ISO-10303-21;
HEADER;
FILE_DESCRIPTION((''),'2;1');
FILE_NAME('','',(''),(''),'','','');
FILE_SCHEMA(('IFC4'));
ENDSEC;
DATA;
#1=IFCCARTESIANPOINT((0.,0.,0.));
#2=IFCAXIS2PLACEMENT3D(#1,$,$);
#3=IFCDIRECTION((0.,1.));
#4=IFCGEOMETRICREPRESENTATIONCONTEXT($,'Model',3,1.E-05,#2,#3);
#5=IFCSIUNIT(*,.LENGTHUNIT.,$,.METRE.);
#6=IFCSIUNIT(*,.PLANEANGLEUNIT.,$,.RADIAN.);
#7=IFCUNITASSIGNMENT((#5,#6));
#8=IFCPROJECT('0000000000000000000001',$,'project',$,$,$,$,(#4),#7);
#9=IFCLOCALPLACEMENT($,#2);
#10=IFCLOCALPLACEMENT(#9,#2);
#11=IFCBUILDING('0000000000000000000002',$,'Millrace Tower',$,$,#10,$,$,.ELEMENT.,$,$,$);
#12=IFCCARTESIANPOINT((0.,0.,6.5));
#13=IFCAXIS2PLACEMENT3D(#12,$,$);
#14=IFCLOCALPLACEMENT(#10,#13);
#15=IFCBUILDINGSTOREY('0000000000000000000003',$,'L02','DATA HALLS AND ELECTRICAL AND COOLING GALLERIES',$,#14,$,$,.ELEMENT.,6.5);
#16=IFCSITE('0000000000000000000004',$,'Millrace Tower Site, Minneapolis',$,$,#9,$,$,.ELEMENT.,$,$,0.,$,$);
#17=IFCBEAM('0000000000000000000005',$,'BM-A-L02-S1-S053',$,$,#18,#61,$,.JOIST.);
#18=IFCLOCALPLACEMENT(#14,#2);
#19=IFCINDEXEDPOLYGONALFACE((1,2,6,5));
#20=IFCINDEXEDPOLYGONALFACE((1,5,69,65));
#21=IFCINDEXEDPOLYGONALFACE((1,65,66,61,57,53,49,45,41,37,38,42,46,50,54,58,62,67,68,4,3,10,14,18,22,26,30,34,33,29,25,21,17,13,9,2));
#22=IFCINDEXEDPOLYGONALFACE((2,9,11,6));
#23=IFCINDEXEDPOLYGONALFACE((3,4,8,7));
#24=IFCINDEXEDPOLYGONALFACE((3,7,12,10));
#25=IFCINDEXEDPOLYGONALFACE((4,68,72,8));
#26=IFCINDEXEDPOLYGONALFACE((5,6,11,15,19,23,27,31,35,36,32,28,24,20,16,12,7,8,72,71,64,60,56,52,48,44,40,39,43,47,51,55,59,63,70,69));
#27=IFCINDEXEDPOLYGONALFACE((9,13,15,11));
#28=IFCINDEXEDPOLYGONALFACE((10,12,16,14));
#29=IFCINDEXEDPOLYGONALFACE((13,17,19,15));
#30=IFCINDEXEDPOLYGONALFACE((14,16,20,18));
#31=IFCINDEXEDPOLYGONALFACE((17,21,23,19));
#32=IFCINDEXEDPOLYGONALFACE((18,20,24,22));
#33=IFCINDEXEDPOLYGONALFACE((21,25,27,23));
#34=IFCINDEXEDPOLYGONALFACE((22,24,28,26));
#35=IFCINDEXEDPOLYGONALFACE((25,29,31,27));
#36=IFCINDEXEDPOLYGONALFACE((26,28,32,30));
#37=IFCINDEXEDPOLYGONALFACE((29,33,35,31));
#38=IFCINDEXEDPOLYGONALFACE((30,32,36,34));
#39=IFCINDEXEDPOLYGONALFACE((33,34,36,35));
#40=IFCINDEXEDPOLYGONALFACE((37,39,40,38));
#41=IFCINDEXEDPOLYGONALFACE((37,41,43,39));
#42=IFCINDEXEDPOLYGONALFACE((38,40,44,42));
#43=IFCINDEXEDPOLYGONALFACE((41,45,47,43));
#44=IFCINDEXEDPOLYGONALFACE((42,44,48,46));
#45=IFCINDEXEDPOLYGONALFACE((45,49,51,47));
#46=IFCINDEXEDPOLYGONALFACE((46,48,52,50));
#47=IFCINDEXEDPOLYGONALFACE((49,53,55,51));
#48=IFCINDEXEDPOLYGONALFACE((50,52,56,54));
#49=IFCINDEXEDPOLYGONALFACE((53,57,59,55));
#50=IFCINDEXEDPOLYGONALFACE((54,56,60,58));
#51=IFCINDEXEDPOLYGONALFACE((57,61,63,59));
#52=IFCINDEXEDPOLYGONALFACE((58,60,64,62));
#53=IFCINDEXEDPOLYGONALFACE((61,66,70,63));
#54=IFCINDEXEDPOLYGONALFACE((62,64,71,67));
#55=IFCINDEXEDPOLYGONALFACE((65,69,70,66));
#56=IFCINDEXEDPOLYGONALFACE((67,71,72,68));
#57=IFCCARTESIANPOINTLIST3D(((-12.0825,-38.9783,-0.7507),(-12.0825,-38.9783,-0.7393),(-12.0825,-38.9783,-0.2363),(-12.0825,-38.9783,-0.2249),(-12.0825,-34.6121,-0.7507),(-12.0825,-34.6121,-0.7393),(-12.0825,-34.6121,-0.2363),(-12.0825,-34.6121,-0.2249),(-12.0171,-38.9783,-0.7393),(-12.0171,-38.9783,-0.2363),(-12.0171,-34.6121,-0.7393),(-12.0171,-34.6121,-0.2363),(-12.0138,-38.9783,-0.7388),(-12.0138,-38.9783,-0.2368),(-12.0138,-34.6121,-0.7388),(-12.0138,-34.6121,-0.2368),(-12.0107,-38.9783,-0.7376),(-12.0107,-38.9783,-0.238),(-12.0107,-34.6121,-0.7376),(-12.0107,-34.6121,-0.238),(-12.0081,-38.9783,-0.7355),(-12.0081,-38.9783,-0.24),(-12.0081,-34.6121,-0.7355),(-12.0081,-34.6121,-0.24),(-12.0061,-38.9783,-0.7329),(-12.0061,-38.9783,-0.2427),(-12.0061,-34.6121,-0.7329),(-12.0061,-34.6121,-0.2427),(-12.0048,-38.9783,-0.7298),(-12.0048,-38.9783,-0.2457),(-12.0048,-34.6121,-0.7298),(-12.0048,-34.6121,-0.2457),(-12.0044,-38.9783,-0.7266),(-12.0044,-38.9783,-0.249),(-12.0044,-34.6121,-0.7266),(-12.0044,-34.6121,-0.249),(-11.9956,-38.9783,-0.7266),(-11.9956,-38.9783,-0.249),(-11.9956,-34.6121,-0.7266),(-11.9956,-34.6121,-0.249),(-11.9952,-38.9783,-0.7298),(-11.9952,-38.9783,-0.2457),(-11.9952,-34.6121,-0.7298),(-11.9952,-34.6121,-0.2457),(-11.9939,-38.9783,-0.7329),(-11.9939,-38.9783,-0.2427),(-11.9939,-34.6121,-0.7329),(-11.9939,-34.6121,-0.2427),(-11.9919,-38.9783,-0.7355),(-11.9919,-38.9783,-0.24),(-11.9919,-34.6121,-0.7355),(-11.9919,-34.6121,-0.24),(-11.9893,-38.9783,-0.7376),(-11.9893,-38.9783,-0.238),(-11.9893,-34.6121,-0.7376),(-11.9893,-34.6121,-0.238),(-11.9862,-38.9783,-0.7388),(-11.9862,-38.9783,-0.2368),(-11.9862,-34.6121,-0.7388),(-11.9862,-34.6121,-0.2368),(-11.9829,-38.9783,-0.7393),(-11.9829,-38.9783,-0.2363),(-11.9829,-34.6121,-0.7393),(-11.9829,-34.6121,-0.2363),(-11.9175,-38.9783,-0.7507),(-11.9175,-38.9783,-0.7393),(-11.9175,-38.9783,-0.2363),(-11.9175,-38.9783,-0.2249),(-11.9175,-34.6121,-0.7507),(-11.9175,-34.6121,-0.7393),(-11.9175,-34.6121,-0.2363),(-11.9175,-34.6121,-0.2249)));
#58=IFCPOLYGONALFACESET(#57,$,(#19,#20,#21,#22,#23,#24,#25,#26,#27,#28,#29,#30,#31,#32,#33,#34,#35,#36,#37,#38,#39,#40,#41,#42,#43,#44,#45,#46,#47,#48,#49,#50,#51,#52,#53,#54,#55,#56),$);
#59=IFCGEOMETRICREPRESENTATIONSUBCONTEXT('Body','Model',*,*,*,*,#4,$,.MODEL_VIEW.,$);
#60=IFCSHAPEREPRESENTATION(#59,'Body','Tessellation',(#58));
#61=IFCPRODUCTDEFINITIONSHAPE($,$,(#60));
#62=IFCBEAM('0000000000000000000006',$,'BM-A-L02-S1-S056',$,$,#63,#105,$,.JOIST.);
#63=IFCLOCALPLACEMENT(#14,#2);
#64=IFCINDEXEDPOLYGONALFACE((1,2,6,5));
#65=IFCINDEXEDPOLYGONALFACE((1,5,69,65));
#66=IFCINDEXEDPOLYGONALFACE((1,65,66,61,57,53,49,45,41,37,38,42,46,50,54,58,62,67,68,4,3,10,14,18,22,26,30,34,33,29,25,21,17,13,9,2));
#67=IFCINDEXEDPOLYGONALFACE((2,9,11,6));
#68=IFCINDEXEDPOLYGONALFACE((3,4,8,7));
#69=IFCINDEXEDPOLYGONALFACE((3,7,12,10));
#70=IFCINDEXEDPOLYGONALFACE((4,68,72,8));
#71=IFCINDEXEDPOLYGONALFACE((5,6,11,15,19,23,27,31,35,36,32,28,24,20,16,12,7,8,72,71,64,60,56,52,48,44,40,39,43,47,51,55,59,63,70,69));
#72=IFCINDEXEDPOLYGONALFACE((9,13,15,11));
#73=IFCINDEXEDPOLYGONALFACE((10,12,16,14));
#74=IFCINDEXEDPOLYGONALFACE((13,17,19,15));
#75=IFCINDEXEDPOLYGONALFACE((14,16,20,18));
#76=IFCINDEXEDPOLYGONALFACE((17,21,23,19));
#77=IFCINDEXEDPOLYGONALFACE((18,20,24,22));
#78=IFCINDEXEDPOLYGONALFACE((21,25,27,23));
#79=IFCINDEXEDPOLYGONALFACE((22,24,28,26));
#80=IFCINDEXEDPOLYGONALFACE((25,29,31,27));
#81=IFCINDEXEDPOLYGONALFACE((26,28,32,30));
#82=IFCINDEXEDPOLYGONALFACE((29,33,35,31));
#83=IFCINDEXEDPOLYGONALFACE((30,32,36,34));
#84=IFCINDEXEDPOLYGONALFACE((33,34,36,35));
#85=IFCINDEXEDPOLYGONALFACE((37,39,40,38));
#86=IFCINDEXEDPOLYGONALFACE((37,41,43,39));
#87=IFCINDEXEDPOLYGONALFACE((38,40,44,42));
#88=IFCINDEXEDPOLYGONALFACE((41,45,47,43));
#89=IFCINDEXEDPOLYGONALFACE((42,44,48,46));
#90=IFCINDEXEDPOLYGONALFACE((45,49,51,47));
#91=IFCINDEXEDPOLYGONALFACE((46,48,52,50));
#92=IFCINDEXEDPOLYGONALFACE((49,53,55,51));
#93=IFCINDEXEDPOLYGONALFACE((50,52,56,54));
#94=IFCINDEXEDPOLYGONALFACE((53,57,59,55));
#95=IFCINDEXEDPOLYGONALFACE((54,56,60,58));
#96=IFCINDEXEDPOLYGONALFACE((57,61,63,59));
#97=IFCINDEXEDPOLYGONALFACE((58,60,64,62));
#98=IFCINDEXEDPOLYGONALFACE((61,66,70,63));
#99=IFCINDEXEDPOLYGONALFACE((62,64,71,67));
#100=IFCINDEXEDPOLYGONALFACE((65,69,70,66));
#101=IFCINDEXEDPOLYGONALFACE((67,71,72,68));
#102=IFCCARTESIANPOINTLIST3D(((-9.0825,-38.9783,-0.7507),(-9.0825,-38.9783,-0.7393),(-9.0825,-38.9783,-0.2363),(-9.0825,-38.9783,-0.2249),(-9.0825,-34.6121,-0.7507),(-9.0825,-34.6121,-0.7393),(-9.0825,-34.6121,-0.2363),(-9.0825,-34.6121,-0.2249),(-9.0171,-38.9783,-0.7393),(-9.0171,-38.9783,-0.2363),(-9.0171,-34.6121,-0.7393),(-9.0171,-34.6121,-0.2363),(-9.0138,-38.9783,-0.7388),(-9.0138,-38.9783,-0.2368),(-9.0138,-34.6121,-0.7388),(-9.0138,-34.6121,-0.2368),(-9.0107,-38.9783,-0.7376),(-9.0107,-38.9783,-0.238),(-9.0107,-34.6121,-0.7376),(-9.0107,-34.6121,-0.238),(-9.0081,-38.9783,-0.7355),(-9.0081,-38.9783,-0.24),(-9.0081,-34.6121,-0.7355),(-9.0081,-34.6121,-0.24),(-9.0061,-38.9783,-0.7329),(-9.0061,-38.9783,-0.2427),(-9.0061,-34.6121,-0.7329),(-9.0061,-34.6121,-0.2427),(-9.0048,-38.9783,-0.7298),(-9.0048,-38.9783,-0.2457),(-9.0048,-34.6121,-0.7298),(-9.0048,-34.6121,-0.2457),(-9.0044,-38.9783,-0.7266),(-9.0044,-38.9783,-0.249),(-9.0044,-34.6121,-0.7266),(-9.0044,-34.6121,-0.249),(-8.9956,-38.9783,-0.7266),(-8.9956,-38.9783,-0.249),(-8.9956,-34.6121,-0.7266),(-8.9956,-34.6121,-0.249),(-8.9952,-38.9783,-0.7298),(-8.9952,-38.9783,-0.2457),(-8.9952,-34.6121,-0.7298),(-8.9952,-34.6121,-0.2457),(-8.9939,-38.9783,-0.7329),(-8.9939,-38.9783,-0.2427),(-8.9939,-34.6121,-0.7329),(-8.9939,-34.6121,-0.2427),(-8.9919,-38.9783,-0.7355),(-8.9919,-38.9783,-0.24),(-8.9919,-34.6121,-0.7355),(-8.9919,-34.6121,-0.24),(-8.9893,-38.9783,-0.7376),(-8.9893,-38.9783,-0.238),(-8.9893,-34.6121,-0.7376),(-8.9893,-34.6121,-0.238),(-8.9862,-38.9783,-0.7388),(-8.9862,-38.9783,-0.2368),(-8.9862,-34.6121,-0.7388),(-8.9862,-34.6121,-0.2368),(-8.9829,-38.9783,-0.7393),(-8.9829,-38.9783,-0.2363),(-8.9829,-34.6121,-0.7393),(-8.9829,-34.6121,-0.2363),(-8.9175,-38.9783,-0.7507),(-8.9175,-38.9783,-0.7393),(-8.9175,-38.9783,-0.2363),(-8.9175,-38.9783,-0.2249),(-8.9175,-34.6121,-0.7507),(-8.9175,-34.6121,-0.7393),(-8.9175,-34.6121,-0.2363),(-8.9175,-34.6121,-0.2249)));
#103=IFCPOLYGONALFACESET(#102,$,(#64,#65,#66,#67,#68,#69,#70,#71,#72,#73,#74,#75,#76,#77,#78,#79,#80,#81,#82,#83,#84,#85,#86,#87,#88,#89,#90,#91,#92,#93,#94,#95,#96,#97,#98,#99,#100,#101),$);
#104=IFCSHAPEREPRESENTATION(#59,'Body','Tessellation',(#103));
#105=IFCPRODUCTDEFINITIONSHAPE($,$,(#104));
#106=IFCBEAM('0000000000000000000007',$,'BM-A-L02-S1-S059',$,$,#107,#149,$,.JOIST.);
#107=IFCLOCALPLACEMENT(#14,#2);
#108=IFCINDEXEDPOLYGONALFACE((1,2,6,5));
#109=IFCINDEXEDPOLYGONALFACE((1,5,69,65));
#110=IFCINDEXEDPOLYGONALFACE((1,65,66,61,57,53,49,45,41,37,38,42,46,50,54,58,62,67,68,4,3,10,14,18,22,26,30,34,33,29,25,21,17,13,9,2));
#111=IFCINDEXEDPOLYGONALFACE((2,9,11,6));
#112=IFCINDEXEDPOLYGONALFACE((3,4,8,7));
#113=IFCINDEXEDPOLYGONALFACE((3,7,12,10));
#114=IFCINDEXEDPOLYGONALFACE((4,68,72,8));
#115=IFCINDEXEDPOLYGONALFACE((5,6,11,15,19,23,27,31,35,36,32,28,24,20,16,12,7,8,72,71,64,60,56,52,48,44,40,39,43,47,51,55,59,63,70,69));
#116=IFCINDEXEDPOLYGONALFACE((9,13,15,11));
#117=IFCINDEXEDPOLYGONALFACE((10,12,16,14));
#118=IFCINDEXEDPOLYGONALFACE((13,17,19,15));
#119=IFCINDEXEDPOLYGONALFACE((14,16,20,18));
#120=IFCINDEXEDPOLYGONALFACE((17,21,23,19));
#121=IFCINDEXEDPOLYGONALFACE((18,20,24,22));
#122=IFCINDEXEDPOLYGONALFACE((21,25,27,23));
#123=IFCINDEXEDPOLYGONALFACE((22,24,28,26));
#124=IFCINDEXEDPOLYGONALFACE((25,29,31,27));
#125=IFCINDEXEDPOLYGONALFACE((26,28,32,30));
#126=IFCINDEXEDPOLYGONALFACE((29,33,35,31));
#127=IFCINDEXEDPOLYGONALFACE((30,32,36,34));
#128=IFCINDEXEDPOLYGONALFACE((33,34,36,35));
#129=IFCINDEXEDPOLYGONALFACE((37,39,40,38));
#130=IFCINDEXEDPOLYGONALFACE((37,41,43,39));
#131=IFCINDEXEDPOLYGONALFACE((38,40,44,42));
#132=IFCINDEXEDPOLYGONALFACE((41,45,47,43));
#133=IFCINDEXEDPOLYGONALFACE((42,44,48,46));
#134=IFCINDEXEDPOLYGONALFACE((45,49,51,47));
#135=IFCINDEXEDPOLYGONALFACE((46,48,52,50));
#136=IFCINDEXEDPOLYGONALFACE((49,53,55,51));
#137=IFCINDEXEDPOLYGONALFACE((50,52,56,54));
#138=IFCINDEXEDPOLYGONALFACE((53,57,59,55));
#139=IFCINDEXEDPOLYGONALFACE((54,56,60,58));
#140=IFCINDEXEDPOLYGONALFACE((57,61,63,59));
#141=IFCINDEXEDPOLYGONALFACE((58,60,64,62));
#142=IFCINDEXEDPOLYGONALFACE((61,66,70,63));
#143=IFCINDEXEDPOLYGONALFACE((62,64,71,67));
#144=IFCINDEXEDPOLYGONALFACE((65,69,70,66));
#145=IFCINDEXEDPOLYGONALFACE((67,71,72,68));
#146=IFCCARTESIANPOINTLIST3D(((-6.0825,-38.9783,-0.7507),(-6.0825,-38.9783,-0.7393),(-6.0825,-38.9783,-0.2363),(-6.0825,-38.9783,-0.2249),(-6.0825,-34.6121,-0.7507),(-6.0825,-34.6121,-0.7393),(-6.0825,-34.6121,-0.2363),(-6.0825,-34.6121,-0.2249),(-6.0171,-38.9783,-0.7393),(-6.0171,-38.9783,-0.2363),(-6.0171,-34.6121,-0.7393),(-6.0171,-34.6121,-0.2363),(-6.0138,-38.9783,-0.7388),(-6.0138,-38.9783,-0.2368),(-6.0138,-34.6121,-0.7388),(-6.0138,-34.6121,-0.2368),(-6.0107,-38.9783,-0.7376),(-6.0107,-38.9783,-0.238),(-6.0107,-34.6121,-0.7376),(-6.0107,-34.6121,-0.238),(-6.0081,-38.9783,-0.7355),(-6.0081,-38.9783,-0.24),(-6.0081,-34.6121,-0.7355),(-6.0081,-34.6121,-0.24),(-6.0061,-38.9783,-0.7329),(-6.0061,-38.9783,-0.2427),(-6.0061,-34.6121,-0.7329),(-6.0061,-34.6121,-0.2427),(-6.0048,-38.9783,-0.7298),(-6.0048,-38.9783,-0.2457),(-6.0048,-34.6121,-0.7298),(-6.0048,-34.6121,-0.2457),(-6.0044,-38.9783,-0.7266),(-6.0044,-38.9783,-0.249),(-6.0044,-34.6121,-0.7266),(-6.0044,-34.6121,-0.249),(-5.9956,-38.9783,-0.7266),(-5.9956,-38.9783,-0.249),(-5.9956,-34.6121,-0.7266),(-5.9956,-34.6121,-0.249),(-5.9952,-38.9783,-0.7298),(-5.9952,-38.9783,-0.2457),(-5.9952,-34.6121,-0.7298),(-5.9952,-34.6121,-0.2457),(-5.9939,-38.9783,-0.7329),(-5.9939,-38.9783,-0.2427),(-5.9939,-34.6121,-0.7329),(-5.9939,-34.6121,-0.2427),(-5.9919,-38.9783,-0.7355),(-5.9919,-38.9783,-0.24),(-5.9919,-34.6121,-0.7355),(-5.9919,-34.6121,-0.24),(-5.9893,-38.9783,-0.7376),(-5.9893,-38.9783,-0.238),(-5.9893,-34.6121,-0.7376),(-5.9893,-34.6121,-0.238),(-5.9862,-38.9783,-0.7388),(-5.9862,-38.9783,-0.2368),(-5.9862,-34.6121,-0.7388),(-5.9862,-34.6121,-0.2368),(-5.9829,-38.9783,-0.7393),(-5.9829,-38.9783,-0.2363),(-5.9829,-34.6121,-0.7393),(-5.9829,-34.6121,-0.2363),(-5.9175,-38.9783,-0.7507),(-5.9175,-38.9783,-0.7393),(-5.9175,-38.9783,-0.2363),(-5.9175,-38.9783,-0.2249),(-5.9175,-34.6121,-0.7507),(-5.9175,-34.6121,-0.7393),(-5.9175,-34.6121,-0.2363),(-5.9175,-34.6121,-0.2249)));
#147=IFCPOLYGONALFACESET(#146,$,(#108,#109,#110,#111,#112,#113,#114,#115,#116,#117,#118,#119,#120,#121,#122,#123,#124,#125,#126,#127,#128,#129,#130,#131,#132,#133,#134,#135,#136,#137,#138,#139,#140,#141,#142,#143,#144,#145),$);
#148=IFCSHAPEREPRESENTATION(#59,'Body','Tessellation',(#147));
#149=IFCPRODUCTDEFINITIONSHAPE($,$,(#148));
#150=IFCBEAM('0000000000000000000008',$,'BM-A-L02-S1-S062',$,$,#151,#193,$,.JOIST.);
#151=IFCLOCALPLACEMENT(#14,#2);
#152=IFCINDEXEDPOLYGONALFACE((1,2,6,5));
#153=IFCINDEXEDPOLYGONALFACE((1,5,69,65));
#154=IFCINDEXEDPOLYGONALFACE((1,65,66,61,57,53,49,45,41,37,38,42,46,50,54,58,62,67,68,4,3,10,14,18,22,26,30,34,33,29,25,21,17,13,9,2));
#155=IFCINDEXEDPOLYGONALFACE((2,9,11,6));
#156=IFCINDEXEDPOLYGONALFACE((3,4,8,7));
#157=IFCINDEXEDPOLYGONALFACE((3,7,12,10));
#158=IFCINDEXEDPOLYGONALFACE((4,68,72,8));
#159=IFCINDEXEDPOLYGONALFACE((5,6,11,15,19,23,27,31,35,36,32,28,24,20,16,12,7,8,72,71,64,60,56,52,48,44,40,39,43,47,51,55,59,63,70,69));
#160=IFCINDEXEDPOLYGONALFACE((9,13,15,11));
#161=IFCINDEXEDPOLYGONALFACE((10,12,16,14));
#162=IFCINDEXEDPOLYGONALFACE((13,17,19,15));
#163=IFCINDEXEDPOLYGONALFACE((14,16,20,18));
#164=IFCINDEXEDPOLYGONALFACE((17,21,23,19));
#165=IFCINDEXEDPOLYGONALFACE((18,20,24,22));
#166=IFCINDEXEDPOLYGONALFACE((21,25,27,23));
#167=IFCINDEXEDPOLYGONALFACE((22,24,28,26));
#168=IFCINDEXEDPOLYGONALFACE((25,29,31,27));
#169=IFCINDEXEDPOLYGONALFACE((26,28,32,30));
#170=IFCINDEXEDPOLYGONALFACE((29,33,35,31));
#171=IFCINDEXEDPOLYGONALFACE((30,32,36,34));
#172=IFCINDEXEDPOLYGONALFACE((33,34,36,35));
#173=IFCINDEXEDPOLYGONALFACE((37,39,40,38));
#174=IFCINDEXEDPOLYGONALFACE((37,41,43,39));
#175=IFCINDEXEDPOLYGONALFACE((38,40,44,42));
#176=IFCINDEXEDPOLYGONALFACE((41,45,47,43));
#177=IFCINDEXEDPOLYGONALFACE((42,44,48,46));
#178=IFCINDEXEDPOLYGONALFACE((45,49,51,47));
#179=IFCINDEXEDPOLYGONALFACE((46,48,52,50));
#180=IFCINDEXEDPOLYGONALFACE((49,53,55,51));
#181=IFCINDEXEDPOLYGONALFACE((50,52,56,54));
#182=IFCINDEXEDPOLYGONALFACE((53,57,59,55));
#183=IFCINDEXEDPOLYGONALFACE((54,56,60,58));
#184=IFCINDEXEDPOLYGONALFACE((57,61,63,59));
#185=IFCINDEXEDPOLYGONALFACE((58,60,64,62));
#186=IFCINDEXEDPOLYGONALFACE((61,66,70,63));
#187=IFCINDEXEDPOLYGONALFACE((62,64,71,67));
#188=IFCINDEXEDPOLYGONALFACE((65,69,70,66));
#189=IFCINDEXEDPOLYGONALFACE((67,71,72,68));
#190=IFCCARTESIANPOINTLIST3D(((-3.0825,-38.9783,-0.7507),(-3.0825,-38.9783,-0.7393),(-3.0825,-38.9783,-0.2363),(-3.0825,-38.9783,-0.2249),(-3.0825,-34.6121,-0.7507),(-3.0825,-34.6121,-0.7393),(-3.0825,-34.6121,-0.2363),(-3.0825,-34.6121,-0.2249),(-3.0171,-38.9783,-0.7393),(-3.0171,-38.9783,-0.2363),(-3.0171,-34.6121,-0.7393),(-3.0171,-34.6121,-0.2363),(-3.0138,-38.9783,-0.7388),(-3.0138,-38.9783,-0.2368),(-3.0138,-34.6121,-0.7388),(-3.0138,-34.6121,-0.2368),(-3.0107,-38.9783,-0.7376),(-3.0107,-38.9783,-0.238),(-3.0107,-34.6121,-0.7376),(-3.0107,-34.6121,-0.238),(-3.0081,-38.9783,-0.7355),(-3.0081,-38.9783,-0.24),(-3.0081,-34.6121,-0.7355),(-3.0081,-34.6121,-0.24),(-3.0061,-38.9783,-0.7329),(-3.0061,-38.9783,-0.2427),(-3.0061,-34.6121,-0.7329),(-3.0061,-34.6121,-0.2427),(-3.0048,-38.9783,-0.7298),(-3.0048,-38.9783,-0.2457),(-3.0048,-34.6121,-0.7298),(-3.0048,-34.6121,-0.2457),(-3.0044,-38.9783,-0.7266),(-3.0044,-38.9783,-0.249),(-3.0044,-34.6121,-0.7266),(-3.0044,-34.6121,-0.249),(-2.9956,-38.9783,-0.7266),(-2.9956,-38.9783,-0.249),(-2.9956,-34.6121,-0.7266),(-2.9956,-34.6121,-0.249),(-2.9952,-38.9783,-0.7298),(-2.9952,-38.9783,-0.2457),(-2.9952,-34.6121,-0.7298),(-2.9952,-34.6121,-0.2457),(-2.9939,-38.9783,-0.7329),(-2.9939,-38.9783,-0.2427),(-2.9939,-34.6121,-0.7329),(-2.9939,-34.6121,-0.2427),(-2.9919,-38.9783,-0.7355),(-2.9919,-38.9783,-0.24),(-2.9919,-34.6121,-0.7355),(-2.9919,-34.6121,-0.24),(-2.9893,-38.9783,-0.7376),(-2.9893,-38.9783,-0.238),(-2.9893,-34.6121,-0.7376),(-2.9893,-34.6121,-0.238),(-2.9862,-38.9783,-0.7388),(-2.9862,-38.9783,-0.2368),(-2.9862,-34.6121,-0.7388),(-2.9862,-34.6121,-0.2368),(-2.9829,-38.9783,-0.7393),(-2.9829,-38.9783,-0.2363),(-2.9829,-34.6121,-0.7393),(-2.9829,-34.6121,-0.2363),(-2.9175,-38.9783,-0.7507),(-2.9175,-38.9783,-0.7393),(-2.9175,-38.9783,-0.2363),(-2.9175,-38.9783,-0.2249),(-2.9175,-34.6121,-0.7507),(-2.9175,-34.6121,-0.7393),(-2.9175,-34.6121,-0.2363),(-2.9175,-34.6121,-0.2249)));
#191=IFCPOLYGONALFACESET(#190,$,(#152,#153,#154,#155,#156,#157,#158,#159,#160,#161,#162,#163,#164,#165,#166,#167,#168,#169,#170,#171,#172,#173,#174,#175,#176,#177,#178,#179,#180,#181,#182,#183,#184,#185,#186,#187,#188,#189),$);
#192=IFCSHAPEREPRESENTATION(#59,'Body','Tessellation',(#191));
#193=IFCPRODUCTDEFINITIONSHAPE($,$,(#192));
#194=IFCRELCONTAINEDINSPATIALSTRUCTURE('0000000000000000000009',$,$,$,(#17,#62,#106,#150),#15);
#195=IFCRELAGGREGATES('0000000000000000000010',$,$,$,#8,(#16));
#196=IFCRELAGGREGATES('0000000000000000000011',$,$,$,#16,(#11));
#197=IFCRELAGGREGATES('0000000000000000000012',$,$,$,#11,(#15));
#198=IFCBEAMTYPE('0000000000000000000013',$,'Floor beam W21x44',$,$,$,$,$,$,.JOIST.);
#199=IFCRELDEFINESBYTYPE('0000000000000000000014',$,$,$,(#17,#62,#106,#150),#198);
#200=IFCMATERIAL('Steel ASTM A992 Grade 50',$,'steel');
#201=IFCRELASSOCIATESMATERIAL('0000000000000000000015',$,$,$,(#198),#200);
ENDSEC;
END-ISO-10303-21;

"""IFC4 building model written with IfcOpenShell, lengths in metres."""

from ifc_helpers import new_model, si_unit, direction, frame, origin, origin_2d, place, context, subcontext, project, spatial, i_section, extrude, material, material_profile, profile_set, type_object, element, save


model = new_model("IFC4")

# Units and contexts
model_context = context("Model", 3, precision=1e-05, world=origin(), true_north=direction((0.0, 1.0)))
body_context = subcontext(model_context, "Body", "Model", "MODEL_VIEW")
ifc_project = project(units=[si_unit("LENGTHUNIT", "METRE"), si_unit("PLANEANGLEUNIT", "RADIAN")], contexts=[model_context])

# Site, building, storey
site_placement = place(None, origin())
site = spatial("IfcSite", under=ifc_project, at=site_placement, Name="Millrace Tower Site, Minneapolis", CompositionType="ELEMENT", RefElevation=0.0)
building_placement = place(site_placement, origin())
building = spatial("IfcBuilding", under=site, at=building_placement, Name="Millrace Tower", CompositionType="ELEMENT")
storey_placement = place(building_placement, frame((0.0, 0.0, 6.5)))
storey = spatial("IfcBuildingStorey", under=building, at=storey_placement, Name="L02", Description="DATA HALLS AND ELECTRICAL AND COOLING GALLERIES", CompositionType="ELEMENT", Elevation=6.5)

# Beams
ifc_material_1 = material(Name="Steel ASTM A992 Grade 50", Category="steel")
ifc_material_profile_1 = material_profile(ifc_material_1, i_section(OverallWidth=0.165, OverallDepth=0.5259, WebThickness=0.0088, FlangeThickness=0.0115, FilletRadius=0.0127, at=origin_2d()))
ifc_profile_set_1 = profile_set([ifc_material_profile_1], Name="Steel ASTM A992 Grade 50")
beam_type_1 = type_object("IfcBeamType", Name="Floor beam W21x44", PredefinedType="JOIST", material=ifc_profile_set_1)
for number, where, z_axis, x_axis, name in (
    (1, (-12.0, -38.9783, -0.4878), (0.0, 1.0, 0.0), (-1.0, 0.0, 0.0), "BM-A-L02-S1-S053"),
    (2, (-9.0, -38.9783, -0.4878), (0.0, 1.0, 0.0), (-1.0, 0.0, 0.0), "BM-A-L02-S1-S056"),
    (3, (-6.0, -38.9783, -0.4878), (0.0, 1.0, 0.0), (-1.0, 0.0, 0.0), "BM-A-L02-S1-S059"),
    (4, (-3.0, -38.9783, -0.4878), (0.0, 1.0, 0.0), (-1.0, 0.0, 0.0), "BM-A-L02-S1-S062"),
):
    element("IfcBeam", number, at=place(storey_placement, frame(where, z_axis=z_axis, x_axis=x_axis)), inside=storey, type_object=beam_type_1, Name=name, PredefinedType="JOIST", context=body_context, shape_type="SweptSolid", body=[
        extrude(i_section(OverallWidth=0.165, OverallDepth=0.5259, WebThickness=0.0088, FlangeThickness=0.0115, FilletRadius=0.0127, at=origin_2d()), origin(), (0.0, 0.0, 1.0), 4.3662),
    ])

save(model, "model.ifc")
